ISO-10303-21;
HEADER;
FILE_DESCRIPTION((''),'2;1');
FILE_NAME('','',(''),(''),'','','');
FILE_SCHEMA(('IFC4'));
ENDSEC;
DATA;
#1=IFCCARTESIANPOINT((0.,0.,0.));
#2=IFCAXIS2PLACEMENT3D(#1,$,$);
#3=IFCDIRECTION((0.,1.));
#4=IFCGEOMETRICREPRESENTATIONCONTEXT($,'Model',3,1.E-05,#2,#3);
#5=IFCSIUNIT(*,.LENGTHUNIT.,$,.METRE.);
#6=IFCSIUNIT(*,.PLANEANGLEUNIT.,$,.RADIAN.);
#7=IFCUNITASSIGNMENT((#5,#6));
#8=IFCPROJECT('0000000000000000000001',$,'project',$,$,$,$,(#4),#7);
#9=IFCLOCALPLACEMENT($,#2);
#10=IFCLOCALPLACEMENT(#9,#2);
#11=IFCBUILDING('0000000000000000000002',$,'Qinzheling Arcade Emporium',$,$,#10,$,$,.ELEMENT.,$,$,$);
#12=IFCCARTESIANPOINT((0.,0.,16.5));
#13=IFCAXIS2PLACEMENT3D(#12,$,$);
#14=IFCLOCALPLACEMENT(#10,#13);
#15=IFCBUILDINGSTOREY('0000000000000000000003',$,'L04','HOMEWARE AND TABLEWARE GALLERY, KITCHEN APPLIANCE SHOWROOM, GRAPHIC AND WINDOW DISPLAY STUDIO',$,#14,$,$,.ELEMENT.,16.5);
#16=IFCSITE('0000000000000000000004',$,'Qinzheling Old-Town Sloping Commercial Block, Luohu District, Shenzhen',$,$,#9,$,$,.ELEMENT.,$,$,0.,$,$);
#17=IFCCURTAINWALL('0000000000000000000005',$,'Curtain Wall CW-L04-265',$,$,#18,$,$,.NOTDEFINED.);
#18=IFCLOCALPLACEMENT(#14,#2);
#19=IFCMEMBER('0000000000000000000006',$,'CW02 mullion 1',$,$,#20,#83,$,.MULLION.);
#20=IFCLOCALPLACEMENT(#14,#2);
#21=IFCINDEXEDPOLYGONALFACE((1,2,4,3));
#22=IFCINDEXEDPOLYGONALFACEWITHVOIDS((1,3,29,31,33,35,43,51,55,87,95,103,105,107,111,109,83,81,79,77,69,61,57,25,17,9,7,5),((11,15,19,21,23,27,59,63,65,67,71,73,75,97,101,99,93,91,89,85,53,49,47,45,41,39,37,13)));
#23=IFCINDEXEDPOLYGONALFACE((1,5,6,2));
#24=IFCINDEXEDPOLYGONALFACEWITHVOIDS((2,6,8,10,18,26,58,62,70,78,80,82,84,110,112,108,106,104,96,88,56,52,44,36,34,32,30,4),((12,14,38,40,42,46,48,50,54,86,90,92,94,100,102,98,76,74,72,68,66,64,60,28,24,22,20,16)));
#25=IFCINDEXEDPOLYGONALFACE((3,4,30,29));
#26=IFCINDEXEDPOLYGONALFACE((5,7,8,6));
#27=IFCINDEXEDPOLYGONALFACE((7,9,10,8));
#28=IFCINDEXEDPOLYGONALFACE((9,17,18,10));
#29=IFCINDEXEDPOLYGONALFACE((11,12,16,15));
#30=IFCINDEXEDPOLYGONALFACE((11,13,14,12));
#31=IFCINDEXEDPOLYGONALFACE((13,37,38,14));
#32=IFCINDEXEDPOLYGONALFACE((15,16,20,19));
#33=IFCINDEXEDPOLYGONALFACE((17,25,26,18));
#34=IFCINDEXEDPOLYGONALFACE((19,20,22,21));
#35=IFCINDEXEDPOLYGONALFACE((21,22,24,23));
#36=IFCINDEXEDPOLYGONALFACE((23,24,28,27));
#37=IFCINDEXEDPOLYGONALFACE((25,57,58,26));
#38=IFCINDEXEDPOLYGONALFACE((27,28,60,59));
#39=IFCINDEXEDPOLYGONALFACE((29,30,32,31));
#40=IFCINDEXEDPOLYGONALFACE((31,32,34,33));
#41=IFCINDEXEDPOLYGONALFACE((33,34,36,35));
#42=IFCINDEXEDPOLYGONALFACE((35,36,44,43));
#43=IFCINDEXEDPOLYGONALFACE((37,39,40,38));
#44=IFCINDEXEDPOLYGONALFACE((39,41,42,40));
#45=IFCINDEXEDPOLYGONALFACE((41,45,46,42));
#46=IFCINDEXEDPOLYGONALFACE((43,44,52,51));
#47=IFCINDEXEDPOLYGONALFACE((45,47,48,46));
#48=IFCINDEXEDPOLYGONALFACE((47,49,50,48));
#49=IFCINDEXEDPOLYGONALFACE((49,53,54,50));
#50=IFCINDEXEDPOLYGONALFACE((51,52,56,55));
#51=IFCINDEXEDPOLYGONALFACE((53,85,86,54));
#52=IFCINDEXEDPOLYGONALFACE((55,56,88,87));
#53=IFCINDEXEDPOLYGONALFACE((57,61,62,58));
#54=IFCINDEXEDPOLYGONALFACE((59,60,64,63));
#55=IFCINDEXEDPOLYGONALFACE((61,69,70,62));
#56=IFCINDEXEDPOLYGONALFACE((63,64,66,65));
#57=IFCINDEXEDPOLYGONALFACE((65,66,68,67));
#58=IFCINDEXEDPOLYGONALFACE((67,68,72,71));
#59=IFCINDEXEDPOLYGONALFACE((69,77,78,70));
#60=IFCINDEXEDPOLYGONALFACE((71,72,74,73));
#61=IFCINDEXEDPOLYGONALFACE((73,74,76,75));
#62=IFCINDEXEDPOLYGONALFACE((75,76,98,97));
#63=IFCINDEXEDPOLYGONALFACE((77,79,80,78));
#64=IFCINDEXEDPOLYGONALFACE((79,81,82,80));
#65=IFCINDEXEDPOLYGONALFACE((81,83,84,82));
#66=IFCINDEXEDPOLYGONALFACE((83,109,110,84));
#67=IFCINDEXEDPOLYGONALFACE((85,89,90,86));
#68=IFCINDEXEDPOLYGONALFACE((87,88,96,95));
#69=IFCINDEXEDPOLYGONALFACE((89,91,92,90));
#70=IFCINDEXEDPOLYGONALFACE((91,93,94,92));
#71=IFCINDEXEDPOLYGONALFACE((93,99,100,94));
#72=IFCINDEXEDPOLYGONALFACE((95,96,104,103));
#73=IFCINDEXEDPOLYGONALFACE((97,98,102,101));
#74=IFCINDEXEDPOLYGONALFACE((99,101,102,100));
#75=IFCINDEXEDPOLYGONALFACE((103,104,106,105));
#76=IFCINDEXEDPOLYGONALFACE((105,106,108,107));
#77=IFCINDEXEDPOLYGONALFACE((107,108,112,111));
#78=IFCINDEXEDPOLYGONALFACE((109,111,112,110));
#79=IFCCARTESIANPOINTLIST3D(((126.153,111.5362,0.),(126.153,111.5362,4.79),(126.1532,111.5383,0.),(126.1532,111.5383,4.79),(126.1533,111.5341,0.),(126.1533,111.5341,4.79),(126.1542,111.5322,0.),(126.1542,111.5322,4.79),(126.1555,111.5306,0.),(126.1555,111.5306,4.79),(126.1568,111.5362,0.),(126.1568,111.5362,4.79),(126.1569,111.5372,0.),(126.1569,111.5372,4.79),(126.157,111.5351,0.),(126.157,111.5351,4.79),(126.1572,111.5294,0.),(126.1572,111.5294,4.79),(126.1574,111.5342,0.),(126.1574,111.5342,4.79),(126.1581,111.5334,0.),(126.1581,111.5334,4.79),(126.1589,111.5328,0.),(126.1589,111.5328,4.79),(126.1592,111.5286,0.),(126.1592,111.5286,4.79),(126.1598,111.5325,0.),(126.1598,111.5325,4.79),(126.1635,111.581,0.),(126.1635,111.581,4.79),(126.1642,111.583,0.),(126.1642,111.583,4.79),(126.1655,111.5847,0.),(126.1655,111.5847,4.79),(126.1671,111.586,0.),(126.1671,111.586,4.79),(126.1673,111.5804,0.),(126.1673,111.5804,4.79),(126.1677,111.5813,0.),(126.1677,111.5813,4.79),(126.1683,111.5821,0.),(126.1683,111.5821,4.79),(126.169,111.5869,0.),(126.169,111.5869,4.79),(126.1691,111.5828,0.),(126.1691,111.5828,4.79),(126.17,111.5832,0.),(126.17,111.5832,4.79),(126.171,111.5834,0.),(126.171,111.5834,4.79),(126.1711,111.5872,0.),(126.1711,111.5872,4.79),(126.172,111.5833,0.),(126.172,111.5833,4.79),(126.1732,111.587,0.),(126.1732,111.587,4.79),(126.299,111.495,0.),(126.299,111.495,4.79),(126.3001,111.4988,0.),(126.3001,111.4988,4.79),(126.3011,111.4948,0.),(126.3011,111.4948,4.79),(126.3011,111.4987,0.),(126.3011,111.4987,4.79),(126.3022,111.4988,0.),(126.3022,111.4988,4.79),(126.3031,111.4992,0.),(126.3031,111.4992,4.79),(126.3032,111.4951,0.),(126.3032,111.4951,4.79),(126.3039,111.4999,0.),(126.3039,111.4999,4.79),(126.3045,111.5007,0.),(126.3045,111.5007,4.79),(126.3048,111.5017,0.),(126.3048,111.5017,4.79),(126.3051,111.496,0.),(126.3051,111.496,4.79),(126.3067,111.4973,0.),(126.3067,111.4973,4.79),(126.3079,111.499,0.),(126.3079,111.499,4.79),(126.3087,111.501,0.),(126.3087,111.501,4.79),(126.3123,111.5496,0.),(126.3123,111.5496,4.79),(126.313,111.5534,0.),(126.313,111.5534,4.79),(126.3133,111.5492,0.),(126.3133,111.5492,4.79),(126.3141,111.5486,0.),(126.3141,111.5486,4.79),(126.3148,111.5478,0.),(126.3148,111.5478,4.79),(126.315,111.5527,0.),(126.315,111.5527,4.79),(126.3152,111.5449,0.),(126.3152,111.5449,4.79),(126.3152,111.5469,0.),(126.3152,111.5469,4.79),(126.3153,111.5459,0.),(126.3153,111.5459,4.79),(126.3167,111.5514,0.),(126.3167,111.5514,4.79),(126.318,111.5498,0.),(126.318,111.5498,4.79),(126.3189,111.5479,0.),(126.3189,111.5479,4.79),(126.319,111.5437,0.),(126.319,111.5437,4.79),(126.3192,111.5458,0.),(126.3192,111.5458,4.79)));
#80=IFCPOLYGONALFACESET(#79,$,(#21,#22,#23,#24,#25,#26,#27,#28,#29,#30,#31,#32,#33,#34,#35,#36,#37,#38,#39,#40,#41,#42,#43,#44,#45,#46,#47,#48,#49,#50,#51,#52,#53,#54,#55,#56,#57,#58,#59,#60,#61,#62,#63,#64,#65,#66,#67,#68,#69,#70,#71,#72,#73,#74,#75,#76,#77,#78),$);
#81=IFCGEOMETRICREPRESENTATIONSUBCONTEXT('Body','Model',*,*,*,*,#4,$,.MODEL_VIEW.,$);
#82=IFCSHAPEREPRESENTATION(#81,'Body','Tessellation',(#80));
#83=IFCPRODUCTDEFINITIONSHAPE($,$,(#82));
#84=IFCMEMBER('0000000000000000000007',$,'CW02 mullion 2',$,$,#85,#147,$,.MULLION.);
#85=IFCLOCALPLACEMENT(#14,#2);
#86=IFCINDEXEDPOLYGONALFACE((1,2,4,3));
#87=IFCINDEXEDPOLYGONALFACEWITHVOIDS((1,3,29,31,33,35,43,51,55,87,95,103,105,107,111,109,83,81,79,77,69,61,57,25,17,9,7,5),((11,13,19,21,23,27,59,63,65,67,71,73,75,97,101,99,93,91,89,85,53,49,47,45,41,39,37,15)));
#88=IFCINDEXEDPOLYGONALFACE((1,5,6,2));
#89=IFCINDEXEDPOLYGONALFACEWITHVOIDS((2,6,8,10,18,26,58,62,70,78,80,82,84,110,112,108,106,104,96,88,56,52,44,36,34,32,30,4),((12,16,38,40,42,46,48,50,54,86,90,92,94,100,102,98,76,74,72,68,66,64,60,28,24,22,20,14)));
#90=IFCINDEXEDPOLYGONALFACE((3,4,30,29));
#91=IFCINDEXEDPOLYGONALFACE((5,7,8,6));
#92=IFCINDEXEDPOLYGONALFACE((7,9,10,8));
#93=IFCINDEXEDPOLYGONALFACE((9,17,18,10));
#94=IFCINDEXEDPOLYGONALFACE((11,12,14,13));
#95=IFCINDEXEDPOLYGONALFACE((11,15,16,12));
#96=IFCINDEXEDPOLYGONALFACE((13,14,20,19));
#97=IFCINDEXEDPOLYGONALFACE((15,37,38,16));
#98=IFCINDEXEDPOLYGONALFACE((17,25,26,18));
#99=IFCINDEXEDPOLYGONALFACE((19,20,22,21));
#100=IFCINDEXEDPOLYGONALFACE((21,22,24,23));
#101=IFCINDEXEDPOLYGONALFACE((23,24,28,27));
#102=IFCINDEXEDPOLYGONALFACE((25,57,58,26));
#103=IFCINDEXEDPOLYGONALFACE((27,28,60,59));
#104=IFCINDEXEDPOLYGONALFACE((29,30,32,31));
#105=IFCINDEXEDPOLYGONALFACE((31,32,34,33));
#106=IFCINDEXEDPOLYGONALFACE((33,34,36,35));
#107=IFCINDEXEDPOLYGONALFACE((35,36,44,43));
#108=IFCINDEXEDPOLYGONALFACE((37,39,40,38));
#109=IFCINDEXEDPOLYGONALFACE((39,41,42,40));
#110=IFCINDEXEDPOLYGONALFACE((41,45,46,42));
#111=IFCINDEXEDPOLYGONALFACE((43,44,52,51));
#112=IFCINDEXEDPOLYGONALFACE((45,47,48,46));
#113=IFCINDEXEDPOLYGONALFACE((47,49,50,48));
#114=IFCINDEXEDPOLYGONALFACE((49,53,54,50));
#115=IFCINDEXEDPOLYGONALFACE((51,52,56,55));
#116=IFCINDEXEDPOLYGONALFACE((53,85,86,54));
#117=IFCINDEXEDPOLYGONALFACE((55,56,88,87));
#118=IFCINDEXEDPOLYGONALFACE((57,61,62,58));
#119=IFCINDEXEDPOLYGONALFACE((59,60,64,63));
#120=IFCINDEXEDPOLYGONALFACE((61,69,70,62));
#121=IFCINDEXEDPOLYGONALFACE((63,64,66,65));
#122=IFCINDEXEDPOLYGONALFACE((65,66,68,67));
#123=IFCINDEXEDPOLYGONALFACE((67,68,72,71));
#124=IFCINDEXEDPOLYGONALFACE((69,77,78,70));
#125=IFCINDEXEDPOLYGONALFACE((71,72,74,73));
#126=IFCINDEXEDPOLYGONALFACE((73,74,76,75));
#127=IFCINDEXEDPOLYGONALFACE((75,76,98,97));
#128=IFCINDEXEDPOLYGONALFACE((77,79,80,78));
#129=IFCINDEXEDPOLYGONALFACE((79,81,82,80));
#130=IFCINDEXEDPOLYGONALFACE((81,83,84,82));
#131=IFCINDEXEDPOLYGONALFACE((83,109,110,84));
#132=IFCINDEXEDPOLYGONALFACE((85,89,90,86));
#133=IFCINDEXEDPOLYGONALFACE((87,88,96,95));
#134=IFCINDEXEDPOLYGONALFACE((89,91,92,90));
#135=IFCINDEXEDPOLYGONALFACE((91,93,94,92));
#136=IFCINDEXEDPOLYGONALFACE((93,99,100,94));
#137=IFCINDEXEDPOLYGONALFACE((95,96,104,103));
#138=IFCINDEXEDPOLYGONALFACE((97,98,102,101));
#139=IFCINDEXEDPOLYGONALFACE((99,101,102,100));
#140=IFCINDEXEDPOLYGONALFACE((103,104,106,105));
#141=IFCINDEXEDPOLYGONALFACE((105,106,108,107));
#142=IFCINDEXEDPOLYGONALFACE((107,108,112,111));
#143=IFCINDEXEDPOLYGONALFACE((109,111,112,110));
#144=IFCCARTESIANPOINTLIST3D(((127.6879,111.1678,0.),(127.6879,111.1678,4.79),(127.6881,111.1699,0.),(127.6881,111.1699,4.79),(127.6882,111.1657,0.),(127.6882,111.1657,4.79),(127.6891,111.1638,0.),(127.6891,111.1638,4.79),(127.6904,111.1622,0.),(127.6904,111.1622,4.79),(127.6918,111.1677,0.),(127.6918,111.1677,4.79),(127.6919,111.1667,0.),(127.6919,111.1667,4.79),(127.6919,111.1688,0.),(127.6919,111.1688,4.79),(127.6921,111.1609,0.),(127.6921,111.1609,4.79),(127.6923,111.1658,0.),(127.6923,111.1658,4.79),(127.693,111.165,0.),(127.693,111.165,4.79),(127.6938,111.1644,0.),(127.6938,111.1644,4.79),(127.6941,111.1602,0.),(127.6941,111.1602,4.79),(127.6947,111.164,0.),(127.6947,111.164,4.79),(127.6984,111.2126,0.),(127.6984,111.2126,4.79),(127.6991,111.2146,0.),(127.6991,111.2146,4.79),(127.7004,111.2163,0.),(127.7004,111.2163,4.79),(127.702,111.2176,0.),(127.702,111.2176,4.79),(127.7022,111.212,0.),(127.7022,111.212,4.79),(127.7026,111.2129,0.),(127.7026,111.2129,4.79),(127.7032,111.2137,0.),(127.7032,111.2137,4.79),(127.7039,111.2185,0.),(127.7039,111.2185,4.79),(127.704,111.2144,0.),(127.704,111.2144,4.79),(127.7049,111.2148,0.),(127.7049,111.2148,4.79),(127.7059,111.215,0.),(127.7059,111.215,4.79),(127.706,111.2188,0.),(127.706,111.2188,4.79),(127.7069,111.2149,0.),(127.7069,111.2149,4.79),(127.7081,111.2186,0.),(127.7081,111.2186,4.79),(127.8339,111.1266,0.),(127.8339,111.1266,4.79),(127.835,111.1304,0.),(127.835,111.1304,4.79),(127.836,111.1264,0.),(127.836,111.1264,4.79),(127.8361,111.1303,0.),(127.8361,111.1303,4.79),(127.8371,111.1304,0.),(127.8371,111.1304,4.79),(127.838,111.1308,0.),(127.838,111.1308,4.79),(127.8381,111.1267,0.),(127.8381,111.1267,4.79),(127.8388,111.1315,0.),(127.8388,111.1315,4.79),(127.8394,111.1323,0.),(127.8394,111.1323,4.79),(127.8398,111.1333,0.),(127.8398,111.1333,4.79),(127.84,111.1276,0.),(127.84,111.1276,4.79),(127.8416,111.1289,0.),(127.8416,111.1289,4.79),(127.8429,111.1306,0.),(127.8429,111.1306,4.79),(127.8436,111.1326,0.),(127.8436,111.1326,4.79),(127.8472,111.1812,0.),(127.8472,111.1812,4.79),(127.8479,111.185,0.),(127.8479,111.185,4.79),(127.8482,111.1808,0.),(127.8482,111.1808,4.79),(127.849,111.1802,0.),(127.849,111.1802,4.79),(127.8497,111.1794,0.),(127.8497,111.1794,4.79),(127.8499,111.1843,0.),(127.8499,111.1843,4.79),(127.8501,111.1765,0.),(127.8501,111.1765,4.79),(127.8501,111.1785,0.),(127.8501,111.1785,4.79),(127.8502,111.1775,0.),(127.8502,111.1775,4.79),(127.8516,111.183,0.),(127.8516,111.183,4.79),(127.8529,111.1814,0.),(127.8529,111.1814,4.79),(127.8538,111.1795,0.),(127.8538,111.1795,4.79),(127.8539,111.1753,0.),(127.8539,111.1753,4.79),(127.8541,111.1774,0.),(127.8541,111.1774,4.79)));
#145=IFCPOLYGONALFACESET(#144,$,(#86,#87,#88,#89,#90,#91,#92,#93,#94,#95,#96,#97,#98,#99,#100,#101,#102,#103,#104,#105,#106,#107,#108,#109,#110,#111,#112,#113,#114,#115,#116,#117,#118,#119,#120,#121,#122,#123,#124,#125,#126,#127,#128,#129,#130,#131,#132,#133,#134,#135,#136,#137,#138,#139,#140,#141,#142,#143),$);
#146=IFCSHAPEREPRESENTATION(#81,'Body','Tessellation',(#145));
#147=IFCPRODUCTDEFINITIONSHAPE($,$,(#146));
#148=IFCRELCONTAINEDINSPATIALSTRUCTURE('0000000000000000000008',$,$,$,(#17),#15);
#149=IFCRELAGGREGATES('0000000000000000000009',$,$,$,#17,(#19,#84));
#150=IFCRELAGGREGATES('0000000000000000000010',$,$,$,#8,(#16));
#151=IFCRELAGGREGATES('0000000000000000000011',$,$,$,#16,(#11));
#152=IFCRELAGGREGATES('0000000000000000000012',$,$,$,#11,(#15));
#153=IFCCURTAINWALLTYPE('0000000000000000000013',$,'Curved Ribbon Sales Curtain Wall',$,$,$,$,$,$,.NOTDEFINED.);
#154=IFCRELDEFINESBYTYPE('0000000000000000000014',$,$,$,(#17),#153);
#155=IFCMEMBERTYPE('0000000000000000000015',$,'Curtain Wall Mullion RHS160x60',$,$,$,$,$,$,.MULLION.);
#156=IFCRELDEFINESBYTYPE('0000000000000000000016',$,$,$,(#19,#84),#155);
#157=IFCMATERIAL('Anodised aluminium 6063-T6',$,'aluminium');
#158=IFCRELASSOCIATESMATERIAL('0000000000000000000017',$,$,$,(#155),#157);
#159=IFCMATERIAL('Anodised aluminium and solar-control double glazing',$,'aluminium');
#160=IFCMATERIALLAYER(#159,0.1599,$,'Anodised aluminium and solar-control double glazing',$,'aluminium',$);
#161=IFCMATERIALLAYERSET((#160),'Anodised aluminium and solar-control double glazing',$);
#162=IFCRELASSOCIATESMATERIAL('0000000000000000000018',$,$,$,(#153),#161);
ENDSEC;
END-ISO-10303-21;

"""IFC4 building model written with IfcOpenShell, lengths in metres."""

from ifc_helpers import new_model, si_unit, direction, frame, origin, origin_2d, place, context, subcontext, project, spatial, hollow_rectangle, extrude, material, layer, layer_set, material_profile, profile_set, type_object, element, aggregate, save


model = new_model("IFC4")

# Units and contexts
model_context = context("Model", 3, precision=1e-05, world=origin(), true_north=direction((0.0, 1.0)))
body_context = subcontext(model_context, "Body", "Model", "MODEL_VIEW")
ifc_project = project(units=[si_unit("LENGTHUNIT", "METRE"), si_unit("PLANEANGLEUNIT", "RADIAN")], contexts=[model_context])

# Site, building, storey
site_placement = place(None, origin())
site = spatial("IfcSite", under=ifc_project, at=site_placement, Name="Qinzheling Old-Town Sloping Commercial Block, Luohu District, Shenzhen", CompositionType="ELEMENT", RefElevation=0.0)
building_placement = place(site_placement, origin())
building = spatial("IfcBuilding", under=site, at=building_placement, Name="Qinzheling Arcade Emporium", CompositionType="ELEMENT")
storey_placement = place(building_placement, frame((0.0, 0.0, 16.5)))
storey = spatial("IfcBuildingStorey", under=building, at=storey_placement, Name="L04", Description="HOMEWARE AND TABLEWARE GALLERY, KITCHEN APPLIANCE SHOWROOM, GRAPHIC AND WINDOW DISPLAY STUDIO", CompositionType="ELEMENT", Elevation=16.5)

# Shared definitions
ifc_material_1 = material(Name="Anodised aluminium and solar-control double glazing", Category="aluminium")
ifc_material_2 = material(Name="Anodised aluminium 6063-T6", Category="aluminium")
ifc_material_profile_1 = material_profile(ifc_material_2, hollow_rectangle(XDim=0.0601, YDim=0.1599, WallThickness=0.0039, InnerFilletRadius=0.0039, OuterFilletRadius=0.0081, at=origin_2d()), Name="RHS 160x60x4", Category="aluminium")
ifc_profile_set_1 = profile_set([ifc_material_profile_1], Name="Anodised aluminium 6063-T6")
member_type_1 = type_object("IfcMemberType", Name="Curtain Wall Mullion RHS160x60", PredefinedType="MULLION", material=ifc_profile_set_1)

# Curtain wall, members
ifc_layer_1 = layer(ifc_material_1, 0.1599, Name="Anodised aluminium and solar-control double glazing", Category="aluminium")
ifc_layer_set_1 = layer_set([ifc_layer_1], Name="Anodised aluminium and solar-control double glazing")
curtain_wall_type_1 = type_object("IfcCurtainWallType", Name="Curved Ribbon Sales Curtain Wall", PredefinedType="NOTDEFINED", material=ifc_layer_set_1)
curtain_wall_1_placement = place(storey_placement, origin())
curtain_wall_1 = element("IfcCurtainWall", 1, at=curtain_wall_1_placement, inside=storey, type_object=curtain_wall_type_1, Name="Curtain Wall CW-L04-265", PredefinedType="NOTDEFINED")
member_1_placement = place(storey_placement, frame((126.2361, 111.541, 0.0), z_axis=(0.0, 0.0, 1.0), x_axis=(0.233455, 0.972368, 0.0)))
member_1 = element("IfcMember", 2, at=member_1_placement, type_object=member_type_1, Name="CW02 mullion 1", PredefinedType="MULLION", context=body_context, shape_type="SweptSolid", body=[
    extrude(hollow_rectangle(XDim=0.0601, YDim=0.1599, WallThickness=0.0039, InnerFilletRadius=0.0039, OuterFilletRadius=0.0081, at=origin_2d()), origin(), (0.0, 0.0, 1.0), 4.79),
])
member_2_placement = place(storey_placement, frame((127.771, 111.1726, 0.0), z_axis=(0.0, 0.0, 1.0), x_axis=(0.233455, 0.972368, 0.0)))
member_2 = element("IfcMember", 3, at=member_2_placement, type_object=member_type_1, Name="CW02 mullion 2", PredefinedType="MULLION", context=body_context, shape_type="SweptSolid", body=[
    extrude(hollow_rectangle(XDim=0.0601, YDim=0.1599, WallThickness=0.0039, InnerFilletRadius=0.0039, OuterFilletRadius=0.0081, at=origin_2d()), origin(), (0.0, 0.0, 1.0), 4.79),
])

aggregate(curtain_wall_1, [member_1, member_2])

save(model, "model.ifc")
